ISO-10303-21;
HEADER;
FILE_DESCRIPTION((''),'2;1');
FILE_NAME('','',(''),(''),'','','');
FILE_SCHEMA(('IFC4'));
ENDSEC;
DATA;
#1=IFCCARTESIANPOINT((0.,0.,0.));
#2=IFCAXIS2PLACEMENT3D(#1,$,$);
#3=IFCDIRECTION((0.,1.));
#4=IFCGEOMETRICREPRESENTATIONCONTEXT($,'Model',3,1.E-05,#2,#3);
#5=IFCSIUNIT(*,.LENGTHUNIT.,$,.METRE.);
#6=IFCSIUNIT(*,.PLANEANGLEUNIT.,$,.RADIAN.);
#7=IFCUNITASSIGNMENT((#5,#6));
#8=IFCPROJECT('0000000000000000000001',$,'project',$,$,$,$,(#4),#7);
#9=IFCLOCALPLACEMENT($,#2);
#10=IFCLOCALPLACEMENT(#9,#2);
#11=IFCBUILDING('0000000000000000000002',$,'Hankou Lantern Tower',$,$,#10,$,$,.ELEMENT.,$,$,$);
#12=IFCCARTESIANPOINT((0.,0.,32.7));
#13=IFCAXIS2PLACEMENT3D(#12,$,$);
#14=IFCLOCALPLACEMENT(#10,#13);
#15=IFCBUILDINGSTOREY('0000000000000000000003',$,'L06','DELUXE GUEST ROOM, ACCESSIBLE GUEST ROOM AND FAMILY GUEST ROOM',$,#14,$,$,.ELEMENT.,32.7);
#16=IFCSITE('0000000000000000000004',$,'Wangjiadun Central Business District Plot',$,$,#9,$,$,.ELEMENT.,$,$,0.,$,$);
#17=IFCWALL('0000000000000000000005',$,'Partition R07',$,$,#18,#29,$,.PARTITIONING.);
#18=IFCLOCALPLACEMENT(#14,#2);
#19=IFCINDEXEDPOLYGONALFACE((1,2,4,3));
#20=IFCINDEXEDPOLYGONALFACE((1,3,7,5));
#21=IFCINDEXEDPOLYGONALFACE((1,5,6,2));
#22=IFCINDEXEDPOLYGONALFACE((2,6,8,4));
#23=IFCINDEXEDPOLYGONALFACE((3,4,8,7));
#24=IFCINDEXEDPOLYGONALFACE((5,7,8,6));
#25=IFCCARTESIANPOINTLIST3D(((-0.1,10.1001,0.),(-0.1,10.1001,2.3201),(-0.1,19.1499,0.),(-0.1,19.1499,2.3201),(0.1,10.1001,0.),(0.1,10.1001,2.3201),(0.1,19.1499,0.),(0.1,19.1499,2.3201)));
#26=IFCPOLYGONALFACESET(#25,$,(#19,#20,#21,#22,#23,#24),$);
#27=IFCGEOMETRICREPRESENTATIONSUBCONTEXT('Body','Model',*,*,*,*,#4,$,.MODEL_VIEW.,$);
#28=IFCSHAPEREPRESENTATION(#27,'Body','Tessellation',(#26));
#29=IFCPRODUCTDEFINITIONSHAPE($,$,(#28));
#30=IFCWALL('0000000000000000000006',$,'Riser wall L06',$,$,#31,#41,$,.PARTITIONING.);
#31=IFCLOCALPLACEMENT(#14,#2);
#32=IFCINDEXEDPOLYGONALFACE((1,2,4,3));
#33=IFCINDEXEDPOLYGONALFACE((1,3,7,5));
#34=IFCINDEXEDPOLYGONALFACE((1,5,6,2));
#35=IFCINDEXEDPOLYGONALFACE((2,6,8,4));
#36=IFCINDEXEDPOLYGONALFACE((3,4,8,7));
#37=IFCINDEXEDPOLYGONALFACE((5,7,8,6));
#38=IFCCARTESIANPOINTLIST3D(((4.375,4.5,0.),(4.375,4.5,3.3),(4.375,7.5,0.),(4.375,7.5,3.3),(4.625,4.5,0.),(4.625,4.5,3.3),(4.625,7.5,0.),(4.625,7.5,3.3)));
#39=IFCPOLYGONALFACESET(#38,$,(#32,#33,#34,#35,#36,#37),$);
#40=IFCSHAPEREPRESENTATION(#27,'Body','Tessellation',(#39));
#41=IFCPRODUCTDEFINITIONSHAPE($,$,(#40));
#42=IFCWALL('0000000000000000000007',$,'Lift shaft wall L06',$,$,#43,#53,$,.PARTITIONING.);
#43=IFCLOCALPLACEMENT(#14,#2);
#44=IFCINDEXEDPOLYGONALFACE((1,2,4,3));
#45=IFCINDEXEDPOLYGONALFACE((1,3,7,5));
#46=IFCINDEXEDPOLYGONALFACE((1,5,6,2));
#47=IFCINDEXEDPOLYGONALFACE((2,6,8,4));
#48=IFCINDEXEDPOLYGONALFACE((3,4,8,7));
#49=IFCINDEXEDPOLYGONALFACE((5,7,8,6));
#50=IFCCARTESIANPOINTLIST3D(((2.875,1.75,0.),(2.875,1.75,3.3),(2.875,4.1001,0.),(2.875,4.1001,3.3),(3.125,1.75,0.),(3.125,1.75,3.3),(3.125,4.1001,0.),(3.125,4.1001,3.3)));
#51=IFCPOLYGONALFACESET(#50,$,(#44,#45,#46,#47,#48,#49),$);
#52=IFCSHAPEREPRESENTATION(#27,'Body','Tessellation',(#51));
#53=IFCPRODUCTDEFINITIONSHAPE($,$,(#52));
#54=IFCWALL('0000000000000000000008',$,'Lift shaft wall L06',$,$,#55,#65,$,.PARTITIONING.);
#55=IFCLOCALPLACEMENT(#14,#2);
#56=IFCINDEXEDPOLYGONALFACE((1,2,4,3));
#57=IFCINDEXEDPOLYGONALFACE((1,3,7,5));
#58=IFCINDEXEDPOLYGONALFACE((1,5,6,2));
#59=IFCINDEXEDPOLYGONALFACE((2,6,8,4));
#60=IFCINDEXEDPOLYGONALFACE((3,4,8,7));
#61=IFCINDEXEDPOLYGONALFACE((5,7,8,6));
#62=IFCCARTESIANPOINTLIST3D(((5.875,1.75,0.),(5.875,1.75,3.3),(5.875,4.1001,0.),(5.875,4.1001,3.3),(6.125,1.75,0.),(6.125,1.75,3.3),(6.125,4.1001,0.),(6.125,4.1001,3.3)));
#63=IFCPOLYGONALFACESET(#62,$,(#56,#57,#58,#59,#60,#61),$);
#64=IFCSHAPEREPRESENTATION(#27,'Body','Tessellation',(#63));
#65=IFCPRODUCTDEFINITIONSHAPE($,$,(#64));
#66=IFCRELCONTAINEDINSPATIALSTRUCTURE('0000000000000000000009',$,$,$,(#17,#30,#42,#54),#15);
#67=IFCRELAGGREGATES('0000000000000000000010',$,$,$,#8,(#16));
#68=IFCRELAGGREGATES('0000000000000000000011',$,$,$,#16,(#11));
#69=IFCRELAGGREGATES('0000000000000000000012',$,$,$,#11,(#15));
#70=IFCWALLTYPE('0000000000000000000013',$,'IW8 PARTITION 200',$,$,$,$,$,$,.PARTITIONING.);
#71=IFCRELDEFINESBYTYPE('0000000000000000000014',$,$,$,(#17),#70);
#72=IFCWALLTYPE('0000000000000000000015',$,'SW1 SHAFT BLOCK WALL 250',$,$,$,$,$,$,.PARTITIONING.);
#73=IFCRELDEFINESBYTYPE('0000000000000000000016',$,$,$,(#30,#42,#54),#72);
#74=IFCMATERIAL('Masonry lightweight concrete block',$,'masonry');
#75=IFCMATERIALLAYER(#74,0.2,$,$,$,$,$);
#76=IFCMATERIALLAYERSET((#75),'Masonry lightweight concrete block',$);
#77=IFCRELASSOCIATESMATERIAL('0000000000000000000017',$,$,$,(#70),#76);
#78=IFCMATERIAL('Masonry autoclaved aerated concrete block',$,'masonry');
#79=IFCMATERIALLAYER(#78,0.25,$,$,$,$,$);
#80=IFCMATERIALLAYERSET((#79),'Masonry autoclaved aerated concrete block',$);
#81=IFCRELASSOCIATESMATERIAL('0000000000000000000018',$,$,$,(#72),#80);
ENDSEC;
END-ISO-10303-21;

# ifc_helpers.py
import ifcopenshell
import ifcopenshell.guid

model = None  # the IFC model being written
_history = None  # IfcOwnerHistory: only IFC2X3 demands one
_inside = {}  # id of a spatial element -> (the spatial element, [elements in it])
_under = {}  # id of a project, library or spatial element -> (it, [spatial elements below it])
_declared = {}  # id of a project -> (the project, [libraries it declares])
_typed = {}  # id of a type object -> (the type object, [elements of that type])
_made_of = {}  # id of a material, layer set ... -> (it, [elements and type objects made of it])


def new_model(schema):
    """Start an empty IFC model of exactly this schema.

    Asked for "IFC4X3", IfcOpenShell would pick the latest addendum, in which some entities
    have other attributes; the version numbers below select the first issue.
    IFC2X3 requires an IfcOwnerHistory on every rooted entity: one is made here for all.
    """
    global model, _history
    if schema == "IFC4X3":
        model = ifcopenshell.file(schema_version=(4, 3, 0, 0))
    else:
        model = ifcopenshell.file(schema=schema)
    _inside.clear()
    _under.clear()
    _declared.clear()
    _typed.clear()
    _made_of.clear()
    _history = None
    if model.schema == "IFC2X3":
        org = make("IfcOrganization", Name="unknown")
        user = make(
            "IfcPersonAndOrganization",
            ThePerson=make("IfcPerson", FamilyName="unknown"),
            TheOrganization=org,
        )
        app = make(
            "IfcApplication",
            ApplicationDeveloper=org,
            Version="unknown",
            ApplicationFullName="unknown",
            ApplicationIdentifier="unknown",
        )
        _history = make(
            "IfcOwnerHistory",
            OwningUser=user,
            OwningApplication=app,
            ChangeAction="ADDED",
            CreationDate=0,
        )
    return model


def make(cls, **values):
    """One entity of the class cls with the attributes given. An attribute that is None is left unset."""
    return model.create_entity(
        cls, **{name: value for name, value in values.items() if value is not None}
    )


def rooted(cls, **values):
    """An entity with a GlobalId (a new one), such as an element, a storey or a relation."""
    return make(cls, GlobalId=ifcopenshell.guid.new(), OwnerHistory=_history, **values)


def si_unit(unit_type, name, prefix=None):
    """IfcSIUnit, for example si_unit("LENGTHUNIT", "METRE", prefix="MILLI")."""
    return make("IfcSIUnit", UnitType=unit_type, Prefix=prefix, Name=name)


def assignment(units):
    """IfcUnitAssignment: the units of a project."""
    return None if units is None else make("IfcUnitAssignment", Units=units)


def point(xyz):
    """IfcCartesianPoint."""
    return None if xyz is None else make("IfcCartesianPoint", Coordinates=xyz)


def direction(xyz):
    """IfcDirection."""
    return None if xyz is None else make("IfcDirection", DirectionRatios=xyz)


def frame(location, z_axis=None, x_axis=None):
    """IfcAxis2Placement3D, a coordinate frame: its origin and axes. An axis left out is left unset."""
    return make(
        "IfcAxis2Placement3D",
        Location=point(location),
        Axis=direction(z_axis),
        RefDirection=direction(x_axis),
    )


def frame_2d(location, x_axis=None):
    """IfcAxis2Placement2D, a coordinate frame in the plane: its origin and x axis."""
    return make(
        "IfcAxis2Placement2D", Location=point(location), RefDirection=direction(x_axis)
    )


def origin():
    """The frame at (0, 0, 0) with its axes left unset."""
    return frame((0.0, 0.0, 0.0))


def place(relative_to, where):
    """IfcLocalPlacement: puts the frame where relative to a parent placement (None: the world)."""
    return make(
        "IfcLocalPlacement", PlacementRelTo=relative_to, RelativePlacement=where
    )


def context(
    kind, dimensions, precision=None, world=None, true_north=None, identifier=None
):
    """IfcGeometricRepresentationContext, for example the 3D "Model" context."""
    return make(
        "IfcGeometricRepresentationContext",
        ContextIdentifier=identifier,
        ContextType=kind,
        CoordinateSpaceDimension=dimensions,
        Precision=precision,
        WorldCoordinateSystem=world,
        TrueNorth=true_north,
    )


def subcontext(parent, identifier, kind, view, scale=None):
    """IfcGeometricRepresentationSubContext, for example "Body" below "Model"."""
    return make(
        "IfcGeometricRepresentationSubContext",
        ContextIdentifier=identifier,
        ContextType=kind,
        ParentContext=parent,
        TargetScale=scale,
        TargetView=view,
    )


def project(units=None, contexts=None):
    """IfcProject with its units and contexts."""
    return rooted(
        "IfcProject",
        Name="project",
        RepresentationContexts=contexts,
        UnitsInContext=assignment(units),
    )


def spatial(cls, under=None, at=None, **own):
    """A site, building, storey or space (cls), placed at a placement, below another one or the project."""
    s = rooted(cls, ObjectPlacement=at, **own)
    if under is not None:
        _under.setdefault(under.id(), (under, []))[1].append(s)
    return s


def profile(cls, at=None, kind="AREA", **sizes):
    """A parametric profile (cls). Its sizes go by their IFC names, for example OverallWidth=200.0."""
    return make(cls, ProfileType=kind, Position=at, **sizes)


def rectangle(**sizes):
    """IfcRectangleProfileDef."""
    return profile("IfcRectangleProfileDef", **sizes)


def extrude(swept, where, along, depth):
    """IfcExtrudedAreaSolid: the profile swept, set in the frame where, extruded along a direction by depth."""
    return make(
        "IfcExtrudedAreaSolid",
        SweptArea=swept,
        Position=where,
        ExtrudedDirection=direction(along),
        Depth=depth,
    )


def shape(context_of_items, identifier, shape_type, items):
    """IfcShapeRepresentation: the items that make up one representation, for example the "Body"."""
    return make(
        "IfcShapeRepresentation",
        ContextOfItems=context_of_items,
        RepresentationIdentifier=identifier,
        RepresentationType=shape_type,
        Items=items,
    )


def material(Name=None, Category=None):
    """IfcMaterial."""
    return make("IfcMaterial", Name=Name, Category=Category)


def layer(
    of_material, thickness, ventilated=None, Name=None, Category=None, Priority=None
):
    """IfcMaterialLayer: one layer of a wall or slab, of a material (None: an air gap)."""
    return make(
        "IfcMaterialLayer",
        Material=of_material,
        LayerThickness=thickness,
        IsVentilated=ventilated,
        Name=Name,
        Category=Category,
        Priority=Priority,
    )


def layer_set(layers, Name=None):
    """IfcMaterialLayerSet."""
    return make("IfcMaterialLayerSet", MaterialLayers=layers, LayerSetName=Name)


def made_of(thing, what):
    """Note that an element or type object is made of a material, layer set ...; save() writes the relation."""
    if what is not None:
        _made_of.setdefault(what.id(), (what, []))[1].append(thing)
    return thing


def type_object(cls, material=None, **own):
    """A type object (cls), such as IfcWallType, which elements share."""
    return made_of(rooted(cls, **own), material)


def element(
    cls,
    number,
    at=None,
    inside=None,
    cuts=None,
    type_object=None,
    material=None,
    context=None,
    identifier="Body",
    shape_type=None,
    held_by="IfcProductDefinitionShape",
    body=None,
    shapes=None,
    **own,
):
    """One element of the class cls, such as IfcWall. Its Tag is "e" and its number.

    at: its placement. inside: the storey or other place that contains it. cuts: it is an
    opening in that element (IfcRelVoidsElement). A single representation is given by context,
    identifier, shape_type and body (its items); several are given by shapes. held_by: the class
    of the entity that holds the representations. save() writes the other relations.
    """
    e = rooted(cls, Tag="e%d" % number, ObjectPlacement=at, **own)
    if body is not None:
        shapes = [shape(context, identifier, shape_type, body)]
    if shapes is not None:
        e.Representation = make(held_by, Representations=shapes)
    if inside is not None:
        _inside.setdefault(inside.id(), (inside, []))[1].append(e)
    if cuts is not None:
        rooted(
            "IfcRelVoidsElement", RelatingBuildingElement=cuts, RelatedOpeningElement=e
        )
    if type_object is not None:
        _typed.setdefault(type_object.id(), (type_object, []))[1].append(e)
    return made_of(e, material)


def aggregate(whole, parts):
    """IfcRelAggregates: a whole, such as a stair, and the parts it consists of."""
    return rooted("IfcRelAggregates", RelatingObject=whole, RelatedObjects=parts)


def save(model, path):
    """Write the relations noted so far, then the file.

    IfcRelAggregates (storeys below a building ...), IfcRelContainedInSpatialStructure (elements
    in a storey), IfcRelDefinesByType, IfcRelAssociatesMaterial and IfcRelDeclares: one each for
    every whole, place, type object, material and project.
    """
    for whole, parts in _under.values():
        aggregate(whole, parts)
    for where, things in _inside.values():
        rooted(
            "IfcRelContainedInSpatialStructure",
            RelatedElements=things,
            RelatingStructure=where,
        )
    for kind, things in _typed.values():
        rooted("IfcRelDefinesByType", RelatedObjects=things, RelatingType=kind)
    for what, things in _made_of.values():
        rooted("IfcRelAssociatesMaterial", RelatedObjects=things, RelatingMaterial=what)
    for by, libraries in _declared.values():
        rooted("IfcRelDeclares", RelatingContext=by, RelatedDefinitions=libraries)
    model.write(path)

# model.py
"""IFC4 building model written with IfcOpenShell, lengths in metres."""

from ifc_helpers import new_model, si_unit, direction, frame, frame_2d, origin, place, context, subcontext, project, spatial, rectangle, extrude, material, layer, layer_set, type_object, element, save


model = new_model("IFC4")

# Units and contexts
model_context = context("Model", 3, precision=1e-05, world=origin(), true_north=direction((0.0, 1.0)))
body_context = subcontext(model_context, "Body", "Model", "MODEL_VIEW")
ifc_project = project(units=[si_unit("LENGTHUNIT", "METRE"), si_unit("PLANEANGLEUNIT", "RADIAN")], contexts=[model_context])

# Site, building, storey
site_placement = place(None, origin())
site = spatial("IfcSite", under=ifc_project, at=site_placement, Name="Wangjiadun Central Business District Plot", CompositionType="ELEMENT", RefElevation=0.0)
building_placement = place(site_placement, origin())
building = spatial("IfcBuilding", under=site, at=building_placement, Name="Hankou Lantern Tower", CompositionType="ELEMENT")
storey_placement = place(building_placement, frame((0.0, 0.0, 32.7)))
storey = spatial("IfcBuildingStorey", under=building, at=storey_placement, Name="L06", Description="DELUXE GUEST ROOM, ACCESSIBLE GUEST ROOM AND FAMILY GUEST ROOM", CompositionType="ELEMENT", Elevation=32.7)

# Walls
ifc_material_1 = material(Name="Masonry lightweight concrete block", Category="masonry")
ifc_layer_1 = layer(ifc_material_1, 0.2)
ifc_layer_set_1 = layer_set([ifc_layer_1], Name="Masonry lightweight concrete block")
wall_type_1 = type_object("IfcWallType", Name="IW8 PARTITION 200", PredefinedType="PARTITIONING", material=ifc_layer_set_1)
wall_1_placement = place(storey_placement, frame((0.0, 10.1001, 0.0), z_axis=(0.0, 0.0, 1.0), x_axis=(0.0, 1.0, 0.0)))
element("IfcWall", 1, at=wall_1_placement, inside=storey, type_object=wall_type_1, Name="Partition R07", PredefinedType="PARTITIONING", context=body_context, shape_type="SweptSolid", body=[
    extrude(rectangle(XDim=9.0498, YDim=0.2, at=frame_2d((4.5249, 0.0))), origin(), (0.0, 0.0, 1.0), 2.3201),
])
ifc_material_2 = material(Name="Masonry autoclaved aerated concrete block", Category="masonry")
ifc_layer_2 = layer(ifc_material_2, 0.25)
ifc_layer_set_2 = layer_set([ifc_layer_2], Name="Masonry autoclaved aerated concrete block")
wall_type_2 = type_object("IfcWallType", Name="SW1 SHAFT BLOCK WALL 250", PredefinedType="PARTITIONING", material=ifc_layer_set_2)
wall_2_placement = place(storey_placement, frame((4.5, 4.5, 0.0), z_axis=(0.0, 0.0, 1.0), x_axis=(0.0, 1.0, 0.0)))
element("IfcWall", 2, at=wall_2_placement, inside=storey, type_object=wall_type_2, Name="Riser wall L06", PredefinedType="PARTITIONING", context=body_context, shape_type="SweptSolid", body=[
    extrude(rectangle(XDim=3.0, YDim=0.25, at=frame_2d((1.5, 0.0))), origin(), (0.0, 0.0, 1.0), 3.3),
])
for number, where, z_axis, x_axis, name in (
    (3, (3.0, 1.75, 0.0), (0.0, 0.0, 1.0), (0.0, 1.0, 0.0), "Lift shaft wall L06"),
    (4, (6.0, 1.75, 0.0), (0.0, 0.0, 1.0), (0.0, 1.0, 0.0), "Lift shaft wall L06"),
):
    element("IfcWall", number, at=place(storey_placement, frame(where, z_axis=z_axis, x_axis=x_axis)), inside=storey, type_object=wall_type_2, Name=name, PredefinedType="PARTITIONING", context=body_context, shape_type="SweptSolid", body=[
        extrude(rectangle(XDim=2.3501, YDim=0.25, at=frame_2d((1.175, 0.0))), origin(), (0.0, 0.0, 1.0), 3.3),
    ])

save(model, "model.ifc")
